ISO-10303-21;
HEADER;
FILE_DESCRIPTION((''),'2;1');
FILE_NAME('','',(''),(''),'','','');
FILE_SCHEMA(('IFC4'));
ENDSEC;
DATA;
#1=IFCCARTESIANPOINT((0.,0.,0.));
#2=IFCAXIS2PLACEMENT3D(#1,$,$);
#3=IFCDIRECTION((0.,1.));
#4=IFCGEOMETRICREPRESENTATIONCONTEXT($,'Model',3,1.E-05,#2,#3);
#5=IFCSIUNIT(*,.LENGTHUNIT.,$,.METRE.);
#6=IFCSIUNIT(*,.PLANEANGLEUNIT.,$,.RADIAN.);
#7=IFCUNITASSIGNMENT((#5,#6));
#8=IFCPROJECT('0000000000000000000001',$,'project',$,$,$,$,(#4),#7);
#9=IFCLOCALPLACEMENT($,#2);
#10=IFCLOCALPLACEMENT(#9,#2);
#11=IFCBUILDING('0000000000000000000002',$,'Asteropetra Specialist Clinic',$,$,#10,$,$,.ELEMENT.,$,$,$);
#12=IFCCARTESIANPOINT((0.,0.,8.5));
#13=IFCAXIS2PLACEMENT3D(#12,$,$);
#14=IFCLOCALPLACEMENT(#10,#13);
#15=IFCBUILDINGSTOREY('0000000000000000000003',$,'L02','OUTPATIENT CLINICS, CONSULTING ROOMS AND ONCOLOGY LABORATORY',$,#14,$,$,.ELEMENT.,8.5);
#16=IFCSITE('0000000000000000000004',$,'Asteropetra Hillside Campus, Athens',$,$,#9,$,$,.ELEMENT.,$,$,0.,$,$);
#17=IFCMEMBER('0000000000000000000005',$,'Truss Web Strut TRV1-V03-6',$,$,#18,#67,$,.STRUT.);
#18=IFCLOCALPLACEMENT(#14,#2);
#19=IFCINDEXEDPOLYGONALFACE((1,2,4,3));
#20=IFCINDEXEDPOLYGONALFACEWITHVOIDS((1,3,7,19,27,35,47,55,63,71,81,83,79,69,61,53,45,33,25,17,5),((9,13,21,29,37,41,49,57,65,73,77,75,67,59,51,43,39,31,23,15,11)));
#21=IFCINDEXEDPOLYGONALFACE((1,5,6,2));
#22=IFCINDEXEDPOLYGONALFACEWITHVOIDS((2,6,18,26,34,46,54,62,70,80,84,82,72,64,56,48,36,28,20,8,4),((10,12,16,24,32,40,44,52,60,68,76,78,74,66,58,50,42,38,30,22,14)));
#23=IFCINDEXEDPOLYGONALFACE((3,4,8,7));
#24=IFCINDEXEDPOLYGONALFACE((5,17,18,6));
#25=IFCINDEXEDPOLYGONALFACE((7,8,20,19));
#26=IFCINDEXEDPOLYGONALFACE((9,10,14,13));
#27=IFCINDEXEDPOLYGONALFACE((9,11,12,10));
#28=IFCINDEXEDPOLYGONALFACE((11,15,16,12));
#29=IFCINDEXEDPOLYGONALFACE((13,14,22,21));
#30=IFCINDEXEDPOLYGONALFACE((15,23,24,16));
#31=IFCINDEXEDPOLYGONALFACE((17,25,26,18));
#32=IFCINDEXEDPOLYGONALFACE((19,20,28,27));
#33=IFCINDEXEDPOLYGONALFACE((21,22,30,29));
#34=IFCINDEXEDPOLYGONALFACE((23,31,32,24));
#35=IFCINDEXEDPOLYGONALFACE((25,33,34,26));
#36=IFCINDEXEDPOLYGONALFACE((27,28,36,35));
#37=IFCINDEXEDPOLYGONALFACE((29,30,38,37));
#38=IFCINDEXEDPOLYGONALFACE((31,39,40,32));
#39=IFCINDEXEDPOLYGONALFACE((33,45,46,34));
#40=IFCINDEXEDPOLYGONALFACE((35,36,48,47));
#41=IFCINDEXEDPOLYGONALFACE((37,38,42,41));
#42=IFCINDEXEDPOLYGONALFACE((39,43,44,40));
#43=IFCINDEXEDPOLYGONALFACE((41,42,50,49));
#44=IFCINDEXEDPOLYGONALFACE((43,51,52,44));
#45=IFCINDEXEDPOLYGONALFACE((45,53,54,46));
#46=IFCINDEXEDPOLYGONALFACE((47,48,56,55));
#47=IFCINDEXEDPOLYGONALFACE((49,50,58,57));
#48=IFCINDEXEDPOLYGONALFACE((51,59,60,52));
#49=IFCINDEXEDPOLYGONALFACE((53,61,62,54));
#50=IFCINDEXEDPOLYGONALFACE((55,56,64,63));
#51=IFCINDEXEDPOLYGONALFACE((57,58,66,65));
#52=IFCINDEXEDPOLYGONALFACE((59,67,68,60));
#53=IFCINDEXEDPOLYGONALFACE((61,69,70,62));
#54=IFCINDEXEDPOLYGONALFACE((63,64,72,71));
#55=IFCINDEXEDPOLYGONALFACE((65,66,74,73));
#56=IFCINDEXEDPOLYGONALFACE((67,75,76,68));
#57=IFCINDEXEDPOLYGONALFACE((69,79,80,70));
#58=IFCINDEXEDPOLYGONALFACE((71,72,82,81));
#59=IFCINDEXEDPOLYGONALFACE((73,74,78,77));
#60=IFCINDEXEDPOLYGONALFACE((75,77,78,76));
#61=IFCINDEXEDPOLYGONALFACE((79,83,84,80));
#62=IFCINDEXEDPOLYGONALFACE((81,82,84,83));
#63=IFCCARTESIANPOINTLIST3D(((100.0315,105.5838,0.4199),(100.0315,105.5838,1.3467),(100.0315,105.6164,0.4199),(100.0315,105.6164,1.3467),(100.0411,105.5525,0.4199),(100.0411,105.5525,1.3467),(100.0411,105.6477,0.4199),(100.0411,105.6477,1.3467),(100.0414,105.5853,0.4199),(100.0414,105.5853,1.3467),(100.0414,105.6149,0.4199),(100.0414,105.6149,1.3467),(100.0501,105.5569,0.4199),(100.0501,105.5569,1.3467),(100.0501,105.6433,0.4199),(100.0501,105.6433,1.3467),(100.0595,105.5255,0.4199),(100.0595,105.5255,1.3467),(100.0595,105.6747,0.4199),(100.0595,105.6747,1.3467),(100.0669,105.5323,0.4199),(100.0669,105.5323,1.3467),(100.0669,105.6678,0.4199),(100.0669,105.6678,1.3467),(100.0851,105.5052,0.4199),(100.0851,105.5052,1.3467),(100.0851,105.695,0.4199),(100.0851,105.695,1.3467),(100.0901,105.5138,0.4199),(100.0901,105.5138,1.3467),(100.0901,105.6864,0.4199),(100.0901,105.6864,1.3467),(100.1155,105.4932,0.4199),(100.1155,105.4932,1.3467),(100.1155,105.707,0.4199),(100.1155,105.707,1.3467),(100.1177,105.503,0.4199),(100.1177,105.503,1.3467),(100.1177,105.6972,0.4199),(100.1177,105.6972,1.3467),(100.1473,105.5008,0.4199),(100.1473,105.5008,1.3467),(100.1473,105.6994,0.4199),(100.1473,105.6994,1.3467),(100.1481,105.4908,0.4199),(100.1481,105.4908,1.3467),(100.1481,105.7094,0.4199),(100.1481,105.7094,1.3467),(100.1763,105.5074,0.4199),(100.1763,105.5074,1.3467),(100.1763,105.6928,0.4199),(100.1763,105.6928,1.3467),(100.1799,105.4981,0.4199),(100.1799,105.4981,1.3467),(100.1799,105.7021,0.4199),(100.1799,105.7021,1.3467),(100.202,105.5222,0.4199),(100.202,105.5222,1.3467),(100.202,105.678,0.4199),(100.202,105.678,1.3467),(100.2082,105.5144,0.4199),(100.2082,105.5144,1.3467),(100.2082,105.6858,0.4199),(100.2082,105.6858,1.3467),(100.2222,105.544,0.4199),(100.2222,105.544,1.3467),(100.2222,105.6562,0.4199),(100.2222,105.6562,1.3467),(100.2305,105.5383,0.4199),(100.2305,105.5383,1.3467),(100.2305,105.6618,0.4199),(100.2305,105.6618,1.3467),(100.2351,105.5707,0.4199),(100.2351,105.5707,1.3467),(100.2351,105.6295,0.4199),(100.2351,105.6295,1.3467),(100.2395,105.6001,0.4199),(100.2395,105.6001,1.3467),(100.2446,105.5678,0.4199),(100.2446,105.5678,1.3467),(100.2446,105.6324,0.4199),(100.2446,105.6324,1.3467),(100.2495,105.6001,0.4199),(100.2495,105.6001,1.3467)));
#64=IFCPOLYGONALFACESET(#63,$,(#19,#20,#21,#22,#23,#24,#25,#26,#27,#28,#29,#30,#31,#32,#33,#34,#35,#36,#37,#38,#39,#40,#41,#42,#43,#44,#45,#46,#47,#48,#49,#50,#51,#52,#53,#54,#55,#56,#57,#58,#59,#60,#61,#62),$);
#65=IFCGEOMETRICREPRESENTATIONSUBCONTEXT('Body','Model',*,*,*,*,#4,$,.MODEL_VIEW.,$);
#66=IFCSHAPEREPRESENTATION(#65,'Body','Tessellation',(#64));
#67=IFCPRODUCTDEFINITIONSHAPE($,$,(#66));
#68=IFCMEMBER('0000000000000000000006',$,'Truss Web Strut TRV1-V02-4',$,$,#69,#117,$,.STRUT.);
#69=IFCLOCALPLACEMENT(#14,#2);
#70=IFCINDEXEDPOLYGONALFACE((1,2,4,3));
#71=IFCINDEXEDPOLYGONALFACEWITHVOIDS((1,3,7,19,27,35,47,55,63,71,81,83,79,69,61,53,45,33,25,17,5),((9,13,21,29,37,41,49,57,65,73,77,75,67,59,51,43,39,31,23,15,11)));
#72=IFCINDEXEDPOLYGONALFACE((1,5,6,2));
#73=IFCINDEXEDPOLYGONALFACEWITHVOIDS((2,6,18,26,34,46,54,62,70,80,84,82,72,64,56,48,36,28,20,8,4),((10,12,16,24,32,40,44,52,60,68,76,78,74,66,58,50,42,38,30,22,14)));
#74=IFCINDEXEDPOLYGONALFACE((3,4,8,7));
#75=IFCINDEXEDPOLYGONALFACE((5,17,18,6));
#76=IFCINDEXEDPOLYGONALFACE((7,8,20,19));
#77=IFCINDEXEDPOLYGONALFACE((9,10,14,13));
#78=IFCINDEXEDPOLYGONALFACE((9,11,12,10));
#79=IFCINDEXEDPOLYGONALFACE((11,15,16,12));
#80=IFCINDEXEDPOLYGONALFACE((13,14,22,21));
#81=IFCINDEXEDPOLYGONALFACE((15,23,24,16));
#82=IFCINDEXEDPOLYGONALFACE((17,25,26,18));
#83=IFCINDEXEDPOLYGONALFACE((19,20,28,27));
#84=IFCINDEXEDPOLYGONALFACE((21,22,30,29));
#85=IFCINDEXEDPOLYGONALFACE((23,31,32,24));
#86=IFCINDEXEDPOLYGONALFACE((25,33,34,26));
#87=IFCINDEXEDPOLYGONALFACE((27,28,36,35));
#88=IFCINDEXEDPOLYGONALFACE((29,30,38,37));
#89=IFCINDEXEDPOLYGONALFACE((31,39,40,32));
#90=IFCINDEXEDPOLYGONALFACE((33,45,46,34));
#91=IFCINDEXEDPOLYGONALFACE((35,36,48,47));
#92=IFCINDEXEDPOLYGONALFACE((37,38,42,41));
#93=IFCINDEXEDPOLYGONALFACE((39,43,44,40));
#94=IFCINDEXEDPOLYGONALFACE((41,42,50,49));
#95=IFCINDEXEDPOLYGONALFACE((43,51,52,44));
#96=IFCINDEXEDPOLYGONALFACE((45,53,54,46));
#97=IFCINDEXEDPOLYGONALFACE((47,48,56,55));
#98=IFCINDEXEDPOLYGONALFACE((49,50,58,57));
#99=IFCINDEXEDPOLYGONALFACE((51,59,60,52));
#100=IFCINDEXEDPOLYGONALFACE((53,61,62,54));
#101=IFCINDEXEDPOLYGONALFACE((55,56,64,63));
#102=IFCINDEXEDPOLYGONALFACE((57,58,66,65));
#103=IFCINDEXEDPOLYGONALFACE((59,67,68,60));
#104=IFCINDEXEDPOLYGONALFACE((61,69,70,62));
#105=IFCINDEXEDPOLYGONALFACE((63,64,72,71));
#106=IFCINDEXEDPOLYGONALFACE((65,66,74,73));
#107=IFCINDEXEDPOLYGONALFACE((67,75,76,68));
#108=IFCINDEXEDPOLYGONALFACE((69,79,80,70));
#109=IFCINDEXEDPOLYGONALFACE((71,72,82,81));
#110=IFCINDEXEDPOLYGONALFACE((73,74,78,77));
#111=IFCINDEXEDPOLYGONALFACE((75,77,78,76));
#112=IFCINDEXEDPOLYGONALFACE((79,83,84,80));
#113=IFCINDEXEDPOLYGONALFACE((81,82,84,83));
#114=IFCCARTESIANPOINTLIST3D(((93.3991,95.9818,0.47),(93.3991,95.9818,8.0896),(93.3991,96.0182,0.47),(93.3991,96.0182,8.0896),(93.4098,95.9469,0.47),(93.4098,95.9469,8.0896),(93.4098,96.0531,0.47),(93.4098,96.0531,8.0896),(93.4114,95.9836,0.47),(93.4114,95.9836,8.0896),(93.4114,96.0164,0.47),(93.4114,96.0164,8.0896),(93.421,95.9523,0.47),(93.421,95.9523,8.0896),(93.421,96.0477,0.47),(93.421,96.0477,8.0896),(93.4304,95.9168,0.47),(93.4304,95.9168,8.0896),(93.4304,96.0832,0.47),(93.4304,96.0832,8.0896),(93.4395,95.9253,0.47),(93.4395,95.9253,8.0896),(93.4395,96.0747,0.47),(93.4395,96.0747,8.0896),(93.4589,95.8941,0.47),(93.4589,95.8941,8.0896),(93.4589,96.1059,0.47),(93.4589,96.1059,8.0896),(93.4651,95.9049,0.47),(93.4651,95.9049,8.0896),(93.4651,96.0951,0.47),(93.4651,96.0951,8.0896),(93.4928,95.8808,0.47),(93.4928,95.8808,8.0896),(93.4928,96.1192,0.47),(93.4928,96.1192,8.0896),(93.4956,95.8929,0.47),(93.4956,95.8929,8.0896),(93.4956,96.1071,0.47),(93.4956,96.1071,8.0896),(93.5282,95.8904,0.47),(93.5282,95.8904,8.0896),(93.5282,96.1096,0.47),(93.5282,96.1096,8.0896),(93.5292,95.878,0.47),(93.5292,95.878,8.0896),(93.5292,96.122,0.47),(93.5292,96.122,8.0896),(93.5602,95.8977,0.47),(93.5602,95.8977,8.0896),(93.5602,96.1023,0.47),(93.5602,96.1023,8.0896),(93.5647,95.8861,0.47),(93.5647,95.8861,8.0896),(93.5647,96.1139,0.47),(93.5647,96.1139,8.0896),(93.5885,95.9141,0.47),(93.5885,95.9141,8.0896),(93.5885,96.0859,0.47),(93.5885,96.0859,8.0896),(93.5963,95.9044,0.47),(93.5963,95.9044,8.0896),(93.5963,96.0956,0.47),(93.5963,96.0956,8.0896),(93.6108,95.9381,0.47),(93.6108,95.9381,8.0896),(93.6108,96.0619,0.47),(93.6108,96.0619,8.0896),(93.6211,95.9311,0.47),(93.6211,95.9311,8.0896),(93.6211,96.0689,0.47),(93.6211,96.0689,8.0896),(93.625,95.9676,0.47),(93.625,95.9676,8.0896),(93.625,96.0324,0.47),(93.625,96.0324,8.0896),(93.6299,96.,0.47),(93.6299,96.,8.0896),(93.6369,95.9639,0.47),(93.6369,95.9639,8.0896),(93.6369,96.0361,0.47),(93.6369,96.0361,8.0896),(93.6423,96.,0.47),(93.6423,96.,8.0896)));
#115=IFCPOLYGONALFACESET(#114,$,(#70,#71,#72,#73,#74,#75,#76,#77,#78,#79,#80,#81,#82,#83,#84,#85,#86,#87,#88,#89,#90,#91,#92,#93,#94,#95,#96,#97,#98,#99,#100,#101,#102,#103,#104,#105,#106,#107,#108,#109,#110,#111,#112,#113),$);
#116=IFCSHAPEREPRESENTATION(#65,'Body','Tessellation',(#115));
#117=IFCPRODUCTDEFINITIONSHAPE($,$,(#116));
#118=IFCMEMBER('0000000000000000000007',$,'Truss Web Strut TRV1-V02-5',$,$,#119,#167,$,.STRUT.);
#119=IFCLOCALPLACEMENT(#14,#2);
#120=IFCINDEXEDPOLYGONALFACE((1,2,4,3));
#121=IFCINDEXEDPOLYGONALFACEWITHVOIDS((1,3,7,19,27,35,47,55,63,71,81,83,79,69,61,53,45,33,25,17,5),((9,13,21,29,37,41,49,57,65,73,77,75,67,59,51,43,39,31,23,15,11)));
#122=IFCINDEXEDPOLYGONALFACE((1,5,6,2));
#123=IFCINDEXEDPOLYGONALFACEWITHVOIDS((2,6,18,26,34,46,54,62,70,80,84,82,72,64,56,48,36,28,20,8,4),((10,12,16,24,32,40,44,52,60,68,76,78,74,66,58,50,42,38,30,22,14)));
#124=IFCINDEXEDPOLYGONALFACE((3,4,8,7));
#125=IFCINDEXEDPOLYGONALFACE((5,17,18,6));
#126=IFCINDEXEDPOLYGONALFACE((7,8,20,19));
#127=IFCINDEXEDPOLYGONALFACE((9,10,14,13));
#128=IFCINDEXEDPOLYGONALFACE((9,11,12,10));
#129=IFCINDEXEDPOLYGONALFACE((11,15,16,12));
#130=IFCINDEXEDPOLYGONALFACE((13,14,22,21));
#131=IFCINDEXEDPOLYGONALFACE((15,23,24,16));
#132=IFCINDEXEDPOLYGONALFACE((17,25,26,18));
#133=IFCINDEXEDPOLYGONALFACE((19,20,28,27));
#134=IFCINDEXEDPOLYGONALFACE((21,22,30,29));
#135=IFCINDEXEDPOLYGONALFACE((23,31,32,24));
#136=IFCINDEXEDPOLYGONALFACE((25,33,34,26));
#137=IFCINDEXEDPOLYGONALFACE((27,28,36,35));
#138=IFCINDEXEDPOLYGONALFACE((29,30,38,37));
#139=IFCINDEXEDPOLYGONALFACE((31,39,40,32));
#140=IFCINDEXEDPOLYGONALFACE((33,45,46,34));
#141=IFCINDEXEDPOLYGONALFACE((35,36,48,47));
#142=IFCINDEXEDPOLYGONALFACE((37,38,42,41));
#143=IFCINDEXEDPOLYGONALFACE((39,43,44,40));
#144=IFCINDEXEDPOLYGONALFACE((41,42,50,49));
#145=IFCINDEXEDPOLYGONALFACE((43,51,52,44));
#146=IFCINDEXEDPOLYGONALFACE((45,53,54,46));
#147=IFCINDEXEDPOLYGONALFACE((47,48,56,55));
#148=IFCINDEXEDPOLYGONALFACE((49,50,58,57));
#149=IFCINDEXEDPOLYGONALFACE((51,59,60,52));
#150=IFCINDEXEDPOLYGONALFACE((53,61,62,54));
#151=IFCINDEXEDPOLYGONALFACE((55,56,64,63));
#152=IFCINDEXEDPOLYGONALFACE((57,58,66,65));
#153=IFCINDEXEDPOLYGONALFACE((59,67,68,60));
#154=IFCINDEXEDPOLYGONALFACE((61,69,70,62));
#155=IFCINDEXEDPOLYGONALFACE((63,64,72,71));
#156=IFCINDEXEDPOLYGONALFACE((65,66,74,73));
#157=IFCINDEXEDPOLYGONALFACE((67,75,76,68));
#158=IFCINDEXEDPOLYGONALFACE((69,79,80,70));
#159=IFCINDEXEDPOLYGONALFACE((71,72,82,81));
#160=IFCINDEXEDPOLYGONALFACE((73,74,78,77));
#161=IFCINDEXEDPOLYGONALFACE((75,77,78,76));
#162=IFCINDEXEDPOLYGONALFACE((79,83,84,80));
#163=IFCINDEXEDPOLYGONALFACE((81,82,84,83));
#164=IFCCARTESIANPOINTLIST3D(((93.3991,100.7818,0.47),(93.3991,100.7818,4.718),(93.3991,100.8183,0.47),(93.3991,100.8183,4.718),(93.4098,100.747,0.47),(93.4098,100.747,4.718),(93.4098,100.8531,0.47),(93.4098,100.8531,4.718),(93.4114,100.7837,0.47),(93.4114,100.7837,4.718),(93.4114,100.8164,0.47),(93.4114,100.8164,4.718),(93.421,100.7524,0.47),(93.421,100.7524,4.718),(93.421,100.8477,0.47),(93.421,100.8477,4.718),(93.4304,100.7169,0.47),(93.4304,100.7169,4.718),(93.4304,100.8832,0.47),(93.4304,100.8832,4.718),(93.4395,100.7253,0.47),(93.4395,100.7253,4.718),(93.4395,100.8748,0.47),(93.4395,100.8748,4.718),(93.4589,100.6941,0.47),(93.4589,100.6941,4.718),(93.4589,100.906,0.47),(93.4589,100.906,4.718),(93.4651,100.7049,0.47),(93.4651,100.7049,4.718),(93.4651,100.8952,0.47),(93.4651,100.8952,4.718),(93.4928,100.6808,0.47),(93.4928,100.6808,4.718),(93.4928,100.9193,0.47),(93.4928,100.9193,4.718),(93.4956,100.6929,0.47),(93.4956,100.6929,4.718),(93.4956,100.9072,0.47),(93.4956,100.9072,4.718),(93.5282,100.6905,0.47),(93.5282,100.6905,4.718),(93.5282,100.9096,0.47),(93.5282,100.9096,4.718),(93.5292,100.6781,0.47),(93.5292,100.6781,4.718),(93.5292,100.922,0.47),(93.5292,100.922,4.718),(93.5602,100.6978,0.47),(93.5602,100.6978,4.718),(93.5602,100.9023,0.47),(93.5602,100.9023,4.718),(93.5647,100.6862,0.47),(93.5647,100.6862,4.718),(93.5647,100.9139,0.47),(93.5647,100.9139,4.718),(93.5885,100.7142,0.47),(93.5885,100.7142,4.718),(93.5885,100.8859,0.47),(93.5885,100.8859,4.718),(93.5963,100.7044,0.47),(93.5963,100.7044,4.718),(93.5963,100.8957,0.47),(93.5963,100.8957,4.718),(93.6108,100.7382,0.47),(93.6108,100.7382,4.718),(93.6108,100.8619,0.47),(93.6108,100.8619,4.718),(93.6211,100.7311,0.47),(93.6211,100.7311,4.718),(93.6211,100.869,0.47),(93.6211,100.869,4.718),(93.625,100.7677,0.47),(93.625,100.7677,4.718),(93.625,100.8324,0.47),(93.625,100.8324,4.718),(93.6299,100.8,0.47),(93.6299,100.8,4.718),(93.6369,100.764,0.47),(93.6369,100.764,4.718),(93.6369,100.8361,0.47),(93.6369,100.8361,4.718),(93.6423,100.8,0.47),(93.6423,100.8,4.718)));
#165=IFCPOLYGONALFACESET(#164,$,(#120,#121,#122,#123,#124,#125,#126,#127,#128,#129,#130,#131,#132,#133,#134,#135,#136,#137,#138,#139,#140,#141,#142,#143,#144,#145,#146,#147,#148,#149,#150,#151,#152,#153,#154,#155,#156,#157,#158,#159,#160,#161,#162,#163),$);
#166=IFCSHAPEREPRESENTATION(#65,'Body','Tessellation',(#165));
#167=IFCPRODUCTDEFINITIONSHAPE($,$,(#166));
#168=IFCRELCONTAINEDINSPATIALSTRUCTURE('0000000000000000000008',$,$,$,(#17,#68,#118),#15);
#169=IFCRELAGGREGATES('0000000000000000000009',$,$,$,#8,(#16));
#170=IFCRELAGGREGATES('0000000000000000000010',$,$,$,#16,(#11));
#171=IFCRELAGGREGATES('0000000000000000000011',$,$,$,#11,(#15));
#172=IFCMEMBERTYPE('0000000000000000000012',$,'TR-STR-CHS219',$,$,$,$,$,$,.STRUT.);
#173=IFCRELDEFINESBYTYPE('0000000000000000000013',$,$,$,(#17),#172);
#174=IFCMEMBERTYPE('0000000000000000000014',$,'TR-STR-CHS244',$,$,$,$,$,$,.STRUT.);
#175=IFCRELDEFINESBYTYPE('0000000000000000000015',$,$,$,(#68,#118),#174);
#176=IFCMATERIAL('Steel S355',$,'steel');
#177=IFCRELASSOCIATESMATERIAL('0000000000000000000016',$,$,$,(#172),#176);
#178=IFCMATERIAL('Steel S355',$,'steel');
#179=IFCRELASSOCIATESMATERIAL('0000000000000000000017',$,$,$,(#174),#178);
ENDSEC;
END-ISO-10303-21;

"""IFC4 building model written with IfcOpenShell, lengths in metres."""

from ifc_helpers import new_model, si_unit, direction, frame, origin, origin_2d, place, context, subcontext, project, spatial, hollow_circle, extrude, material, material_profile, profile_set, type_object, element, save


model = new_model("IFC4")

# Units and contexts
model_context = context("Model", 3, precision=1e-05, world=origin(), true_north=direction((0.0, 1.0)))
body_context = subcontext(model_context, "Body", "Model", "MODEL_VIEW")
ifc_project = project(units=[si_unit("LENGTHUNIT", "METRE"), si_unit("PLANEANGLEUNIT", "RADIAN")], contexts=[model_context])

# Site, building, storey
site_placement = place(None, origin())
site = spatial("IfcSite", under=ifc_project, at=site_placement, Name="Asteropetra Hillside Campus, Athens", CompositionType="ELEMENT", RefElevation=0.0)
building_placement = place(site_placement, origin())
building = spatial("IfcBuilding", under=site, at=building_placement, Name="Asteropetra Specialist Clinic", CompositionType="ELEMENT")
storey_placement = place(building_placement, frame((0.0, 0.0, 8.5)))
storey = spatial("IfcBuildingStorey", under=building, at=storey_placement, Name="L02", Description="OUTPATIENT CLINICS, CONSULTING ROOMS AND ONCOLOGY LABORATORY", CompositionType="ELEMENT", Elevation=8.5)

# Members
ifc_material_1 = material(Name="Steel S355", Category="steel")
ifc_material_profile_1 = material_profile(ifc_material_1, hollow_circle(Radius=0.1096, WallThickness=0.01, at=origin_2d()), Name="CHS 219.1x10.0")
ifc_profile_set_1 = profile_set([ifc_material_profile_1], Name="Steel S355")
member_type_1 = type_object("IfcMemberType", Name="TR-STR-CHS219", PredefinedType="STRUT", material=ifc_profile_set_1)
member_1_placement = place(storey_placement, frame((100.1399, 105.6001, 0.4199), z_axis=(0.0, 0.0, 1.0), x_axis=(1.0, 0.0, 0.0)))
element("IfcMember", 1, at=member_1_placement, inside=storey, type_object=member_type_1, Name="Truss Web Strut TRV1-V03-6", PredefinedType="STRUT", context=body_context, shape_type="SweptSolid", body=[
    extrude(hollow_circle(Radius=0.1096, WallThickness=0.01, at=origin_2d()), origin(), (0.0, 0.0, 1.0), 0.9268),
])
ifc_material_2 = material(Name="Steel S355", Category="steel")
ifc_material_profile_2 = material_profile(ifc_material_2, hollow_circle(Radius=0.1223, WallThickness=0.0125, at=origin_2d()), Name="CHS 244.5x12.5")
ifc_profile_set_2 = profile_set([ifc_material_profile_2], Name="Steel S355")
member_type_2 = type_object("IfcMemberType", Name="TR-STR-CHS244", PredefinedType="STRUT", material=ifc_profile_set_2)
member_2_placement = place(storey_placement, frame((93.52, 96.0, 0.47), z_axis=(0.0, 0.0, 1.0), x_axis=(1.0, 0.0, 0.0)))
element("IfcMember", 2, at=member_2_placement, inside=storey, type_object=member_type_2, Name="Truss Web Strut TRV1-V02-4", PredefinedType="STRUT", context=body_context, shape_type="SweptSolid", body=[
    extrude(hollow_circle(Radius=0.1223, WallThickness=0.0125, at=origin_2d()), origin(), (0.0, 0.0, 1.0), 7.6196),
])
member_3_placement = place(storey_placement, frame((93.52, 100.8, 0.47), z_axis=(0.0, 0.0, 1.0), x_axis=(1.0, 0.0, 0.0)))
element("IfcMember", 3, at=member_3_placement, inside=storey, type_object=member_type_2, Name="Truss Web Strut TRV1-V02-5", PredefinedType="STRUT", context=body_context, shape_type="SweptSolid", body=[
    extrude(hollow_circle(Radius=0.1223, WallThickness=0.0125, at=origin_2d()), origin(), (0.0, 0.0, 1.0), 4.248),
])

save(model, "model.ifc")
